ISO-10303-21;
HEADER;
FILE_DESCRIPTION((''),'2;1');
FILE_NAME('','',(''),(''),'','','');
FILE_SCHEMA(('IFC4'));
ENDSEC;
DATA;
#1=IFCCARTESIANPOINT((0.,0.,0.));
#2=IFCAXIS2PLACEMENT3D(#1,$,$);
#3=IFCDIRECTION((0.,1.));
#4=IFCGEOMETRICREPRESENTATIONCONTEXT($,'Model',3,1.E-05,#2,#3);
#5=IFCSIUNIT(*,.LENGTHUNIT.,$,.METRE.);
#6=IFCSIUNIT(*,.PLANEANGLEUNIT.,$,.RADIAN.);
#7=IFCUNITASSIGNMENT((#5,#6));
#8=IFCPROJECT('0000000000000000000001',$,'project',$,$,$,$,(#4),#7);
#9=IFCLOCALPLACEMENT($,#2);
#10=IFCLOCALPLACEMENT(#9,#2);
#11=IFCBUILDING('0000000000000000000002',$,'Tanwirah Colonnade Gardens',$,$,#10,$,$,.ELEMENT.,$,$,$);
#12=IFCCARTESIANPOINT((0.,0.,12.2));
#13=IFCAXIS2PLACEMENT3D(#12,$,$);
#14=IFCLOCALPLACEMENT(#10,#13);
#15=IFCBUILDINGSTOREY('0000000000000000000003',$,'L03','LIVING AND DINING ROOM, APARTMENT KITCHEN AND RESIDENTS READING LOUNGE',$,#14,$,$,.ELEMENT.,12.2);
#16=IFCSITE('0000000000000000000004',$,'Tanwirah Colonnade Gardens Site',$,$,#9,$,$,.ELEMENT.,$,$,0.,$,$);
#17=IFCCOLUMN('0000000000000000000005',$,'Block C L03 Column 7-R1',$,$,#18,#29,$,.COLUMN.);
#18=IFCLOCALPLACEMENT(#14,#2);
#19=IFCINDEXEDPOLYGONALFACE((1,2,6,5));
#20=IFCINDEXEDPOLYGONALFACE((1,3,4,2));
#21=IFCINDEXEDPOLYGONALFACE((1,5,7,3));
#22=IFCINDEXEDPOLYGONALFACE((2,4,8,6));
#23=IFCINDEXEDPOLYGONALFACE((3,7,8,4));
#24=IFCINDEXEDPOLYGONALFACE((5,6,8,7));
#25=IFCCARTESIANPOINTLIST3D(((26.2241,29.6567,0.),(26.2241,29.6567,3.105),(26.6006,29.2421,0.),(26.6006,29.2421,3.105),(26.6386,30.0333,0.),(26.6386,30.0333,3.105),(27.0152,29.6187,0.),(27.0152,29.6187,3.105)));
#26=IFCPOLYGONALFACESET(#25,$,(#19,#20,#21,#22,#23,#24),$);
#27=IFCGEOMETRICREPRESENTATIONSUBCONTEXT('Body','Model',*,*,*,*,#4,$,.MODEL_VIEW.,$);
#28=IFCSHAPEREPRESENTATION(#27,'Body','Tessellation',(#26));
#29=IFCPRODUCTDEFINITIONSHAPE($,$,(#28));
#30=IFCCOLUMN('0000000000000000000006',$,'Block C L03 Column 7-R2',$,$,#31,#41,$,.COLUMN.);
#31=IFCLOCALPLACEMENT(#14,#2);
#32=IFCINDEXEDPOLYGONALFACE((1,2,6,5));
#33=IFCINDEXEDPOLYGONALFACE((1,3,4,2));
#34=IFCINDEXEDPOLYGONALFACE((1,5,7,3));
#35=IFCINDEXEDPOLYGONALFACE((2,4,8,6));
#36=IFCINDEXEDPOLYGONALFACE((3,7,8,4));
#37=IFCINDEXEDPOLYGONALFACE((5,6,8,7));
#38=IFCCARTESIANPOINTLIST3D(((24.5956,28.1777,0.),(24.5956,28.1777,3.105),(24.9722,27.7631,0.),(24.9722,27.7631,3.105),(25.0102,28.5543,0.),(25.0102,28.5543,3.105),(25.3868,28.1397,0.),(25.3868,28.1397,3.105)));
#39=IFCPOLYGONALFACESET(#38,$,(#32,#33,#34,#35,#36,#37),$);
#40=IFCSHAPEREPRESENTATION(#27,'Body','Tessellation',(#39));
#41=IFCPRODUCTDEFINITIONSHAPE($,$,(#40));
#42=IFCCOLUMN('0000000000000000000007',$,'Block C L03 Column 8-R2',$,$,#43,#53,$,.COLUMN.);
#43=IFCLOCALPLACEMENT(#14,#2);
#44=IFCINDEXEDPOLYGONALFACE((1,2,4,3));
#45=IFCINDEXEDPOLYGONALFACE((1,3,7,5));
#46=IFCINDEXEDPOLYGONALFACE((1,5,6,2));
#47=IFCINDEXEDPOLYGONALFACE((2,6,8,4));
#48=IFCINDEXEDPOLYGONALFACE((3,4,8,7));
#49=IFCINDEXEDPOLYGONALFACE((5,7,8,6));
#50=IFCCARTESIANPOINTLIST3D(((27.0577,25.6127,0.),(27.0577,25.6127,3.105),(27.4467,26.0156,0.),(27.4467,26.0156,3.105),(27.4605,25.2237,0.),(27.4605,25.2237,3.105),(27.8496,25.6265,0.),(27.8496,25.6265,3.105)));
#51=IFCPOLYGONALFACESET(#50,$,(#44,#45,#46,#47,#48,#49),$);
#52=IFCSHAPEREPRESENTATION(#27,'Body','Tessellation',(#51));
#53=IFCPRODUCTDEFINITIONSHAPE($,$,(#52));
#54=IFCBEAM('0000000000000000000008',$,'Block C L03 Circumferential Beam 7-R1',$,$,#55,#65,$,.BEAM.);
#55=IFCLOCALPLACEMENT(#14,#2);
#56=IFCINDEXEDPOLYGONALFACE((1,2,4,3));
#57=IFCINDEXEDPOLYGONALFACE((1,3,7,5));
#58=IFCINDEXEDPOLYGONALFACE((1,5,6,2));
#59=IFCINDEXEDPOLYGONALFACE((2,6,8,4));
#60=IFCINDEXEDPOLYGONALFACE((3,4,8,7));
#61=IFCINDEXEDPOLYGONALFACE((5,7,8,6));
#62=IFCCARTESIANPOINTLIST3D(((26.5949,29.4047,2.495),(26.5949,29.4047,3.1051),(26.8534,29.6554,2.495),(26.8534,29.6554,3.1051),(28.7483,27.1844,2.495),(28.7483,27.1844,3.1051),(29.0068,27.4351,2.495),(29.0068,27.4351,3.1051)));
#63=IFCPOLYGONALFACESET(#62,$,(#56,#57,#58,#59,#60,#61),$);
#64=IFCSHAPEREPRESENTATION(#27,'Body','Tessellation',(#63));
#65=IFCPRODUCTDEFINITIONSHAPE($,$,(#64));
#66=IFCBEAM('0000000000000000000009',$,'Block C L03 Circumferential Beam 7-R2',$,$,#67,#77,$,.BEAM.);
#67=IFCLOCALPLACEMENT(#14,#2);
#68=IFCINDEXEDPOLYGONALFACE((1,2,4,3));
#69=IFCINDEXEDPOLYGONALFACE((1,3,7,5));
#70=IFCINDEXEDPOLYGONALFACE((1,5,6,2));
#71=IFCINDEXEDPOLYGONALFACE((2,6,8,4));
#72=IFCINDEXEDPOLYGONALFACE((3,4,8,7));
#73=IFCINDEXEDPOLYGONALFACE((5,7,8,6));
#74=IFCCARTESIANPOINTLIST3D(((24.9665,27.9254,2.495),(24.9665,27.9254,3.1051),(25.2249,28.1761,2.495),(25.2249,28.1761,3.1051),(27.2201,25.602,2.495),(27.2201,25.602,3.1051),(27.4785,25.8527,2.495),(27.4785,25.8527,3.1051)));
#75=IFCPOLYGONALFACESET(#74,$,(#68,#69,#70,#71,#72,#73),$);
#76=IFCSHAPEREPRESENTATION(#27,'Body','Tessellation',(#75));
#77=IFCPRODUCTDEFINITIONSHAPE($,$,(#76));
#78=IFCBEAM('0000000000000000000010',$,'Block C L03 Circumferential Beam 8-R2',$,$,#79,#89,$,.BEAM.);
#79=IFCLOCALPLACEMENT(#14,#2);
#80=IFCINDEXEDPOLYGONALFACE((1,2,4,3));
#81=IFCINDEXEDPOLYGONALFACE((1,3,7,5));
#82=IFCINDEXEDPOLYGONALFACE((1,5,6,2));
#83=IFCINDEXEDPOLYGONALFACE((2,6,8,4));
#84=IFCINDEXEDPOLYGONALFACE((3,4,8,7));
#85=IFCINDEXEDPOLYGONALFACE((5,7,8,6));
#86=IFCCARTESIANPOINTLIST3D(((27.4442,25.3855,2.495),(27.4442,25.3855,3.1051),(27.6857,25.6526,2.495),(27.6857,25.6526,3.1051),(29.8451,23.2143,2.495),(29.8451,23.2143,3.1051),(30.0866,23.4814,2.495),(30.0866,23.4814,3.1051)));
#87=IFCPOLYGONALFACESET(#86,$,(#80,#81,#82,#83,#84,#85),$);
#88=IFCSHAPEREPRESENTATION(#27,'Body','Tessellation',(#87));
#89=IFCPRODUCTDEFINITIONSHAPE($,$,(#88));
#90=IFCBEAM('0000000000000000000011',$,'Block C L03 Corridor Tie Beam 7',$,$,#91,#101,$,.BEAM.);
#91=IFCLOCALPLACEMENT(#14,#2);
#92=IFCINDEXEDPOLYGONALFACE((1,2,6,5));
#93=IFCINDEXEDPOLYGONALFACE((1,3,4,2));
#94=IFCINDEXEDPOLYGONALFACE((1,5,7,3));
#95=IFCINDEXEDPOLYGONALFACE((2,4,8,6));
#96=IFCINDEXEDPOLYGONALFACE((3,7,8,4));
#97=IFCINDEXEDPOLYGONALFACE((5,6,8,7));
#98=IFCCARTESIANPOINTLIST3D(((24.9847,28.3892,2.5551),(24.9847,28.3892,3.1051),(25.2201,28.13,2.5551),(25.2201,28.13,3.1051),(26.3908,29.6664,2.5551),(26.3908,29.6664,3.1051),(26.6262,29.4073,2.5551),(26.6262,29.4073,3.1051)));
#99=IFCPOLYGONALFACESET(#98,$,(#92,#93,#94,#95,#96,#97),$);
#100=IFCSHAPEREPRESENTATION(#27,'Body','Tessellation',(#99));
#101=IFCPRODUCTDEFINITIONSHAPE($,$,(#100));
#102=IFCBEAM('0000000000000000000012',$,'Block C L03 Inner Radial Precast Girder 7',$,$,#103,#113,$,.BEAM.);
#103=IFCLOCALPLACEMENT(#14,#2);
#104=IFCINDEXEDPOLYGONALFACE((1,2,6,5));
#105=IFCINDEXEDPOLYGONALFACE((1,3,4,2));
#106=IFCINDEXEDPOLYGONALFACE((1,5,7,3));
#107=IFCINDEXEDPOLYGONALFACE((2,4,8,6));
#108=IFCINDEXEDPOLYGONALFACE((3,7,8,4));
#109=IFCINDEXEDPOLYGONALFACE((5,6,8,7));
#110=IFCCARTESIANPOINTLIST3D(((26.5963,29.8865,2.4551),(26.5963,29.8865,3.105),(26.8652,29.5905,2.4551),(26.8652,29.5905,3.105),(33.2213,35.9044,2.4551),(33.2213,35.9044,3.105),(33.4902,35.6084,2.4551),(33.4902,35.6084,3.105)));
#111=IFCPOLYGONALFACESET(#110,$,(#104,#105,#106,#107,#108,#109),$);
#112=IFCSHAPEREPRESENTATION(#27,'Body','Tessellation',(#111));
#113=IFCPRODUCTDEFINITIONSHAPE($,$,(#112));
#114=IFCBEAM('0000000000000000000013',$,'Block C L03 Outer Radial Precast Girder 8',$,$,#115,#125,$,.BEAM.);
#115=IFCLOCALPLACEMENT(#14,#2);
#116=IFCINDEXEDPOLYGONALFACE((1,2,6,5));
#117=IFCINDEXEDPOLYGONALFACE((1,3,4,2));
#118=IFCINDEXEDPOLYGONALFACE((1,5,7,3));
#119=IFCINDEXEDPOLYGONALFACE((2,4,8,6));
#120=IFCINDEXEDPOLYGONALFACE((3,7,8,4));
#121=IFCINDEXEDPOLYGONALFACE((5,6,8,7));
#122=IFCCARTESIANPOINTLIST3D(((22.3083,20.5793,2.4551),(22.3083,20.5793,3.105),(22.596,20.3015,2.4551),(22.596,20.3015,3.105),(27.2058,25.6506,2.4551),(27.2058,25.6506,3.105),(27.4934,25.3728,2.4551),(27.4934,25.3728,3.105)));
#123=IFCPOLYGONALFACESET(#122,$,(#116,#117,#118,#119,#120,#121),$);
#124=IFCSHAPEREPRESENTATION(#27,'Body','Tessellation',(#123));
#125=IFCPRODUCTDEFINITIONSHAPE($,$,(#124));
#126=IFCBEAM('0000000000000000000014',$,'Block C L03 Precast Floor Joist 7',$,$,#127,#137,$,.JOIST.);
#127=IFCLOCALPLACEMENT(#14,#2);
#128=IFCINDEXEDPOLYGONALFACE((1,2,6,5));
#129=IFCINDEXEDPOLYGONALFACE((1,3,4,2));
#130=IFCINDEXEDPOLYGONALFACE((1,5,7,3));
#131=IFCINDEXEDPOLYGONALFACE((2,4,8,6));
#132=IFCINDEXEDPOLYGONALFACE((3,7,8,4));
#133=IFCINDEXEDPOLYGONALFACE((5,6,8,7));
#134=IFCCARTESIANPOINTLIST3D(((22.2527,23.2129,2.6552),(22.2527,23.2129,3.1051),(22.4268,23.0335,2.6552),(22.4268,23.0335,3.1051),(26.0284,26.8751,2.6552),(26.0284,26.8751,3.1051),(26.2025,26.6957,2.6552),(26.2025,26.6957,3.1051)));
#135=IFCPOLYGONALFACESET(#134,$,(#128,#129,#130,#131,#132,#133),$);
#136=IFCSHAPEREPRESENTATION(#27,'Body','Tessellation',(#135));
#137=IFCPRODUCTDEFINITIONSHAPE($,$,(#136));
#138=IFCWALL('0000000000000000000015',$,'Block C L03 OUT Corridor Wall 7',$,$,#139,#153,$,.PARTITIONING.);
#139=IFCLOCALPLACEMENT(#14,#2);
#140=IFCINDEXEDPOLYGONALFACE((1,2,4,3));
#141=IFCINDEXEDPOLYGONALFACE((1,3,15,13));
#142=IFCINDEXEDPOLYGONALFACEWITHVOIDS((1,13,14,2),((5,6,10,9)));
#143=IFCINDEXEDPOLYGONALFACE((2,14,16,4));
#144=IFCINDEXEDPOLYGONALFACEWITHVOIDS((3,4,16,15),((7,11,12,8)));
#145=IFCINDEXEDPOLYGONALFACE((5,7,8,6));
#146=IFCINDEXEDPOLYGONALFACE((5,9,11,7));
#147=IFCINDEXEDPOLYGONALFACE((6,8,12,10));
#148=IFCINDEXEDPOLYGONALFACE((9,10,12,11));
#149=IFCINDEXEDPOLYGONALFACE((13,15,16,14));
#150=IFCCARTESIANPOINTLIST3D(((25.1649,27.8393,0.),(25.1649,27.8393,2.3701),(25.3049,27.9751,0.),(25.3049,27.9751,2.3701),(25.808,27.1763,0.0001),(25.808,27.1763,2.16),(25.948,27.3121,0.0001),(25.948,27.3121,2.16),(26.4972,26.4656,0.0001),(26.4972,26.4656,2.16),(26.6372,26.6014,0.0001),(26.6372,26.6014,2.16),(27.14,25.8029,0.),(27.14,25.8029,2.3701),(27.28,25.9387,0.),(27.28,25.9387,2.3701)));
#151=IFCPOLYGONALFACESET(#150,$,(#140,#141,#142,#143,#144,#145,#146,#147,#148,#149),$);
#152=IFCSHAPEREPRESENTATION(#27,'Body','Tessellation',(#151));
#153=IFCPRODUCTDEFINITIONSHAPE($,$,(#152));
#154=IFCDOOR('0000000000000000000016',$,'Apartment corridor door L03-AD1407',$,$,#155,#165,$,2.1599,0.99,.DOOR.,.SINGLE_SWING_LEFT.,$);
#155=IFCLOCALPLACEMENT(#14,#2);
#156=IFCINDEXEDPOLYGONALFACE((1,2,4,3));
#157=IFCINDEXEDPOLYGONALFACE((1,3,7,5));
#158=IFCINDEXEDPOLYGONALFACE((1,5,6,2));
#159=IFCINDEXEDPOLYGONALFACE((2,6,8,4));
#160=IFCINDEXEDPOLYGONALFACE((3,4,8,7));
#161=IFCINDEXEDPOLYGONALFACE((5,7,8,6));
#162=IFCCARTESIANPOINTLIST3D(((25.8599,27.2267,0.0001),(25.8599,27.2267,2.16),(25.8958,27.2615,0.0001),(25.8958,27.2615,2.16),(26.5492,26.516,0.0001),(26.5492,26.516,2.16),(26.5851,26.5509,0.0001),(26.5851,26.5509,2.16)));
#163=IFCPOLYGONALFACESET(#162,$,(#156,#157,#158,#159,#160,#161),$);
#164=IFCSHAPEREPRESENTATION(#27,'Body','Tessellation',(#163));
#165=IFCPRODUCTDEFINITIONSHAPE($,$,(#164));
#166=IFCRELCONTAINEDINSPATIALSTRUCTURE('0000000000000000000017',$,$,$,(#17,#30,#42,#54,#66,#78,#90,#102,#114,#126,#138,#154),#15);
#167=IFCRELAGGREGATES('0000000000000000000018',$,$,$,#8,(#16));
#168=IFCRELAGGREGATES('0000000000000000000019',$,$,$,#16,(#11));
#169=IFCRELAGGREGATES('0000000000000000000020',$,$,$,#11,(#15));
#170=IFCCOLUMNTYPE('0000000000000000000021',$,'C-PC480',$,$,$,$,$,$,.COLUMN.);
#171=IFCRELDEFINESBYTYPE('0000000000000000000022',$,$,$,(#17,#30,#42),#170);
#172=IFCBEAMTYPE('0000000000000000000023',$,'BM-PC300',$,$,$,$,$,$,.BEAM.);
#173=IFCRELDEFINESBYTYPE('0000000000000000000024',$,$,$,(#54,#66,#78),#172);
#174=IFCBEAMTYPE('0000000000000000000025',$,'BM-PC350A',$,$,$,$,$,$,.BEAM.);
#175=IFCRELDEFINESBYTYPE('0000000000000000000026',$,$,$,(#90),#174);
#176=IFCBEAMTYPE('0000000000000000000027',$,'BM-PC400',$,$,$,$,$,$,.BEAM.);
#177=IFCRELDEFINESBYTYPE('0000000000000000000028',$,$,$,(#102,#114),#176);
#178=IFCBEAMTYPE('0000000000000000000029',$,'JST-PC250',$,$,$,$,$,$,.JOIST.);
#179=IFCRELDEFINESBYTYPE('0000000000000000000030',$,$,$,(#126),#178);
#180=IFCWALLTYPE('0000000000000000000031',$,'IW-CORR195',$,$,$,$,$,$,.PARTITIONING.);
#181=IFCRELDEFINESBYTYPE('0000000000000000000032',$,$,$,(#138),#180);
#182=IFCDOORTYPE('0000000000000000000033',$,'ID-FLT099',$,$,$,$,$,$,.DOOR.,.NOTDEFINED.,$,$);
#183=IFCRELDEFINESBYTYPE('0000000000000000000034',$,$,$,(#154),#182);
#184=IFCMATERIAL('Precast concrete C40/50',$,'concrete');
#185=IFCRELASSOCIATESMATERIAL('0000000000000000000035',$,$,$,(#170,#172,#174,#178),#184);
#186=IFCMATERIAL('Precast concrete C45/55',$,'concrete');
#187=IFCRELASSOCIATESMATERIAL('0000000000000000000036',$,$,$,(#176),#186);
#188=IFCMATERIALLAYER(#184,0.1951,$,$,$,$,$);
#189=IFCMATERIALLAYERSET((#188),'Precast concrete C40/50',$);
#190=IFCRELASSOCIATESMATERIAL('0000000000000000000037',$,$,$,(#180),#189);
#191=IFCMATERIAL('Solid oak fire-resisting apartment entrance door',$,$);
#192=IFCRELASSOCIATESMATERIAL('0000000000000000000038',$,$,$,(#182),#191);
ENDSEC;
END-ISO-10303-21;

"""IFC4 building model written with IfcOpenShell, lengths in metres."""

from ifc_helpers import new_model, si_unit, direction, frame, frame_2d, origin, origin_2d, place, context, subcontext, project, spatial, rectangle, extrude, material, layer, layer_set, material_profile, profile_set, type_object, element, fill, save


model = new_model("IFC4")

# Units and contexts
model_context = context("Model", 3, precision=1e-05, world=origin(), true_north=direction((0.0, 1.0)))
body_context = subcontext(model_context, "Body", "Model", "MODEL_VIEW")
ifc_project = project(units=[si_unit("LENGTHUNIT", "METRE"), si_unit("PLANEANGLEUNIT", "RADIAN")], contexts=[model_context])

# Site, building, storey
site_placement = place(None, origin())
site = spatial("IfcSite", under=ifc_project, at=site_placement, Name="Tanwirah Colonnade Gardens Site", CompositionType="ELEMENT", RefElevation=0.0)
building_placement = place(site_placement, origin())
building = spatial("IfcBuilding", under=site, at=building_placement, Name="Tanwirah Colonnade Gardens", CompositionType="ELEMENT")
storey_placement = place(building_placement, frame((0.0, 0.0, 12.2)))
storey = spatial("IfcBuildingStorey", under=building, at=storey_placement, Name="L03", Description="LIVING AND DINING ROOM, APARTMENT KITCHEN AND RESIDENTS READING LOUNGE", CompositionType="ELEMENT", Elevation=12.2)

# Columns
ifc_material_1 = material(Name="Precast concrete C40/50", Category="concrete")
ifc_material_profile_1 = material_profile(ifc_material_1, rectangle(XDim=0.5601, YDim=0.5601, at=origin_2d()), Name="PC-COL 560x560")
ifc_profile_set_1 = profile_set([ifc_material_profile_1], Name="Precast concrete C40/50")
column_type = type_object("IfcColumnType", Name="C-PC480", PredefinedType="COLUMN", material=ifc_profile_set_1)
for number, where, z_axis, x_axis, name in (
    (1, (26.6196, 29.6377, 0.0), (0.0, 0.0, 1.0), (-0.740218, -0.672367, 0.0), "Block C L03 Column 7-R1"),
    (2, (24.9912, 28.1587, 0.0), (0.0, 0.0, 1.0), (-0.740218, -0.672367, 0.0), "Block C L03 Column 7-R2"),
    (3, (27.4536, 25.6196, 0.0), (0.0, 0.0, 1.0), (-0.694658, -0.71934, 0.0), "Block C L03 Column 8-R2"),
):
    element("IfcColumn", number, at=place(storey_placement, frame(where, z_axis=z_axis, x_axis=x_axis)), inside=storey, type_object=column_type, Name=name, PredefinedType="COLUMN", context=body_context, shape_type="SweptSolid", body=[
        extrude(rectangle(XDim=0.5601, YDim=0.5601, at=origin_2d()), origin(), (0.0, 0.0, 1.0), 3.105),
    ])

# Beams
ifc_material_profile_2 = material_profile(ifc_material_1, rectangle(XDim=0.3601, YDim=0.6101, at=origin_2d()), Name="PC-BM 360x610")
ifc_profile_set_2 = profile_set([ifc_material_profile_2], Name="Precast concrete C40/50")
beam_type_1 = type_object("IfcBeamType", Name="BM-PC300", PredefinedType="BEAM", material=ifc_profile_set_2)
beam_1_placement = place(storey_placement, frame((26.7241, 29.53, 2.8), z_axis=(0.69621, -0.717838, 0.0), x_axis=(0.717838, 0.69621, 0.0)))
element("IfcBeam", 4, at=beam_1_placement, inside=storey, type_object=beam_type_1, Name="Block C L03 Circumferential Beam 7-R1", PredefinedType="BEAM", context=body_context, shape_type="SweptSolid", body=[
    extrude(rectangle(XDim=0.3601, YDim=0.6101, at=origin_2d()), origin(), (0.0, 0.0, 1.0), 3.093),
])
beam_2_placement = place(storey_placement, frame((25.0957, 28.0508, 2.8), z_axis=(0.696239, -0.71781, 0.0), x_axis=(0.71781, 0.696239, 0.0)))
element("IfcBeam", 5, at=beam_2_placement, inside=storey, type_object=beam_type_1, Name="Block C L03 Circumferential Beam 7-R2", PredefinedType="BEAM", context=body_context, shape_type="SweptSolid", body=[
    extrude(rectangle(XDim=0.3601, YDim=0.6101, at=origin_2d()), origin(), (0.0, 0.0, 1.0), 3.2368),
])
beam_3_placement = place(storey_placement, frame((27.5649, 25.519, 2.8), z_axis=(0.741702, -0.67073, 0.0), x_axis=(0.67073, 0.741702, 0.0)))
element("IfcBeam", 6, at=beam_3_placement, inside=storey, type_object=beam_type_1, Name="Block C L03 Circumferential Beam 8-R2", PredefinedType="BEAM", context=body_context, shape_type="SweptSolid", body=[
    extrude(rectangle(XDim=0.3601, YDim=0.6101, at=origin_2d()), origin(), (0.0, 0.0, 1.0), 3.2371),
])
ifc_material_profile_3 = material_profile(ifc_material_1, rectangle(XDim=0.3501, YDim=0.55, at=origin_2d()), Name="PC-BM 350x550")
ifc_profile_set_3 = profile_set([ifc_material_profile_3], Name="Precast concrete C40/50")
beam_type_2 = type_object("IfcBeamType", Name="BM-PC350A", PredefinedType="BEAM", material=ifc_profile_set_3)
beam_4_placement = place(storey_placement, frame((26.5085, 29.5369, 2.8301), z_axis=(-0.740219, -0.672366, 0.0), x_axis=(0.672366, -0.740219, 0.0)))
element("IfcBeam", 7, at=beam_4_placement, inside=storey, type_object=beam_type_2, Name="Block C L03 Corridor Tie Beam 7", PredefinedType="BEAM", context=body_context, shape_type="SweptSolid", body=[
    extrude(rectangle(XDim=0.3501, YDim=0.55, at=origin_2d()), origin(), (0.0, 0.0, 1.0), 1.8997),
])
ifc_material_2 = material(Name="Precast concrete C45/55", Category="concrete")
ifc_material_profile_4 = material_profile(ifc_material_2, rectangle(XDim=0.3999, YDim=0.6499, at=origin_2d()), Name="PC-BM 400x650")
ifc_profile_set_4 = profile_set([ifc_material_profile_4], Name="Precast concrete C45/55")
beam_type_3 = type_object("IfcBeamType", Name="BM-PC400", PredefinedType="BEAM", material=ifc_profile_set_4)
beam_5_placement = place(storey_placement, frame((26.7307, 29.7385, 2.78), z_axis=(0.740213, 0.672373, 0.0), x_axis=(-0.672373, 0.740213, 0.0)))
element("IfcBeam", 8, at=beam_5_placement, inside=storey, type_object=beam_type_3, Name="Block C L03 Inner Radial Precast Girder 7", PredefinedType="BEAM", context=body_context, shape_type="SweptSolid", body=[
    extrude(rectangle(XDim=0.3999, YDim=0.6499, at=origin_2d()), origin(), (0.0, 0.0, 1.0), 8.9502),
])
beam_6_placement = place(storey_placement, frame((27.3496, 25.5117, 2.78), z_axis=(-0.694671, -0.719327, 0.0), x_axis=(0.719327, -0.694671, 0.0)))
element("IfcBeam", 9, at=beam_6_placement, inside=storey, type_object=beam_type_3, Name="Block C L03 Outer Radial Precast Girder 8", PredefinedType="BEAM", context=body_context, shape_type="SweptSolid", body=[
    extrude(rectangle(XDim=0.3999, YDim=0.6499, at=origin_2d()), origin(), (0.0, 0.0, 1.0), 7.05),
])
ifc_material_profile_5 = material_profile(ifc_material_1, rectangle(XDim=0.25, YDim=0.45, at=origin_2d()), Name="PC-JST 250x450")
ifc_profile_set_5 = profile_set([ifc_material_profile_5], Name="Precast concrete C40/50")
beam_type_4 = type_object("IfcBeamType", Name="JST-PC250", PredefinedType="JOIST", material=ifc_profile_set_5)
beam_7_placement = place(storey_placement, frame((26.1155, 26.7854, 2.8801), z_axis=(-0.717816, -0.696233, 0.0), x_axis=(0.696233, -0.717816, 0.0)))
element("IfcBeam", 10, at=beam_7_placement, inside=storey, type_object=beam_type_4, Name="Block C L03 Precast Floor Joist 7", PredefinedType="JOIST", context=body_context, shape_type="SweptSolid", body=[
    extrude(rectangle(XDim=0.25, YDim=0.45, at=origin_2d()), origin(), (0.0, 0.0, 1.0), 5.26),
])

# Wall, opening, door
ifc_layer_1 = layer(ifc_material_1, 0.1951)
ifc_layer_set_1 = layer_set([ifc_layer_1], Name="Precast concrete C40/50")
wall_type_1 = type_object("IfcWallType", Name="IW-CORR195", PredefinedType="PARTITIONING", material=ifc_layer_set_1)
wall_1_placement = place(storey_placement, frame((25.2349, 27.9072, 0.0), z_axis=(0.0, 0.0, 1.0), x_axis=(0.696224, -0.717825, 0.0)))
wall_1 = element("IfcWall", 11, at=wall_1_placement, inside=storey, type_object=wall_type_1, Name="Block C L03 OUT Corridor Wall 7", PredefinedType="PARTITIONING", context=body_context, shape_type="SweptSolid", body=[
    extrude(rectangle(XDim=2.8369, YDim=0.1951, at=frame_2d((1.4185, 0.0))), origin(), (0.0, 0.0, 1.0), 2.3701),
])
opening_1_placement = place(wall_1_placement, frame((0.9236, 0.0, 0.0)))
opening_1 = element("IfcOpeningElement", 12, at=opening_1_placement, cuts=wall_1, PredefinedType="OPENING", context=body_context, shape_type="SweptSolid", body=[
    extrude(rectangle(XDim=0.99, YDim=2.1599, at=frame_2d((0.4951, 1.0801))), frame((0.0, 0.1074, 0.0), z_axis=(0.0, -1.0, 0.0), x_axis=(1.0, 0.0, 0.0)), (0.0, 0.0, 1.0), 0.2151),
])
ifc_material_3 = material(Name="Solid oak fire-resisting apartment entrance door")
door_type_1 = type_object("IfcDoorType", Name="ID-FLT099", OperationType="NOTDEFINED", PredefinedType="DOOR", material=ifc_material_3)
door_1_placement = place(opening_1_placement, origin())
door_1 = element("IfcDoor", 13, at=door_1_placement, inside=storey, type_object=door_type_1, Name="Apartment corridor door L03-AD1407", OperationType="SINGLE_SWING_LEFT", OverallHeight=2.1599, OverallWidth=0.99, PredefinedType="DOOR", context=body_context, shape_type="SweptSolid", body=[
    extrude(rectangle(XDim=0.99, YDim=2.1599, at=frame_2d((0.4951, 1.0801))), frame((0.0, 0.0249, 0.0), z_axis=(0.0, -1.0, 0.0), x_axis=(1.0, 0.0, 0.0)), (0.0, 0.0, 1.0), 0.05),
])
fill(opening_1, door_1)

save(model, "model.ifc")
